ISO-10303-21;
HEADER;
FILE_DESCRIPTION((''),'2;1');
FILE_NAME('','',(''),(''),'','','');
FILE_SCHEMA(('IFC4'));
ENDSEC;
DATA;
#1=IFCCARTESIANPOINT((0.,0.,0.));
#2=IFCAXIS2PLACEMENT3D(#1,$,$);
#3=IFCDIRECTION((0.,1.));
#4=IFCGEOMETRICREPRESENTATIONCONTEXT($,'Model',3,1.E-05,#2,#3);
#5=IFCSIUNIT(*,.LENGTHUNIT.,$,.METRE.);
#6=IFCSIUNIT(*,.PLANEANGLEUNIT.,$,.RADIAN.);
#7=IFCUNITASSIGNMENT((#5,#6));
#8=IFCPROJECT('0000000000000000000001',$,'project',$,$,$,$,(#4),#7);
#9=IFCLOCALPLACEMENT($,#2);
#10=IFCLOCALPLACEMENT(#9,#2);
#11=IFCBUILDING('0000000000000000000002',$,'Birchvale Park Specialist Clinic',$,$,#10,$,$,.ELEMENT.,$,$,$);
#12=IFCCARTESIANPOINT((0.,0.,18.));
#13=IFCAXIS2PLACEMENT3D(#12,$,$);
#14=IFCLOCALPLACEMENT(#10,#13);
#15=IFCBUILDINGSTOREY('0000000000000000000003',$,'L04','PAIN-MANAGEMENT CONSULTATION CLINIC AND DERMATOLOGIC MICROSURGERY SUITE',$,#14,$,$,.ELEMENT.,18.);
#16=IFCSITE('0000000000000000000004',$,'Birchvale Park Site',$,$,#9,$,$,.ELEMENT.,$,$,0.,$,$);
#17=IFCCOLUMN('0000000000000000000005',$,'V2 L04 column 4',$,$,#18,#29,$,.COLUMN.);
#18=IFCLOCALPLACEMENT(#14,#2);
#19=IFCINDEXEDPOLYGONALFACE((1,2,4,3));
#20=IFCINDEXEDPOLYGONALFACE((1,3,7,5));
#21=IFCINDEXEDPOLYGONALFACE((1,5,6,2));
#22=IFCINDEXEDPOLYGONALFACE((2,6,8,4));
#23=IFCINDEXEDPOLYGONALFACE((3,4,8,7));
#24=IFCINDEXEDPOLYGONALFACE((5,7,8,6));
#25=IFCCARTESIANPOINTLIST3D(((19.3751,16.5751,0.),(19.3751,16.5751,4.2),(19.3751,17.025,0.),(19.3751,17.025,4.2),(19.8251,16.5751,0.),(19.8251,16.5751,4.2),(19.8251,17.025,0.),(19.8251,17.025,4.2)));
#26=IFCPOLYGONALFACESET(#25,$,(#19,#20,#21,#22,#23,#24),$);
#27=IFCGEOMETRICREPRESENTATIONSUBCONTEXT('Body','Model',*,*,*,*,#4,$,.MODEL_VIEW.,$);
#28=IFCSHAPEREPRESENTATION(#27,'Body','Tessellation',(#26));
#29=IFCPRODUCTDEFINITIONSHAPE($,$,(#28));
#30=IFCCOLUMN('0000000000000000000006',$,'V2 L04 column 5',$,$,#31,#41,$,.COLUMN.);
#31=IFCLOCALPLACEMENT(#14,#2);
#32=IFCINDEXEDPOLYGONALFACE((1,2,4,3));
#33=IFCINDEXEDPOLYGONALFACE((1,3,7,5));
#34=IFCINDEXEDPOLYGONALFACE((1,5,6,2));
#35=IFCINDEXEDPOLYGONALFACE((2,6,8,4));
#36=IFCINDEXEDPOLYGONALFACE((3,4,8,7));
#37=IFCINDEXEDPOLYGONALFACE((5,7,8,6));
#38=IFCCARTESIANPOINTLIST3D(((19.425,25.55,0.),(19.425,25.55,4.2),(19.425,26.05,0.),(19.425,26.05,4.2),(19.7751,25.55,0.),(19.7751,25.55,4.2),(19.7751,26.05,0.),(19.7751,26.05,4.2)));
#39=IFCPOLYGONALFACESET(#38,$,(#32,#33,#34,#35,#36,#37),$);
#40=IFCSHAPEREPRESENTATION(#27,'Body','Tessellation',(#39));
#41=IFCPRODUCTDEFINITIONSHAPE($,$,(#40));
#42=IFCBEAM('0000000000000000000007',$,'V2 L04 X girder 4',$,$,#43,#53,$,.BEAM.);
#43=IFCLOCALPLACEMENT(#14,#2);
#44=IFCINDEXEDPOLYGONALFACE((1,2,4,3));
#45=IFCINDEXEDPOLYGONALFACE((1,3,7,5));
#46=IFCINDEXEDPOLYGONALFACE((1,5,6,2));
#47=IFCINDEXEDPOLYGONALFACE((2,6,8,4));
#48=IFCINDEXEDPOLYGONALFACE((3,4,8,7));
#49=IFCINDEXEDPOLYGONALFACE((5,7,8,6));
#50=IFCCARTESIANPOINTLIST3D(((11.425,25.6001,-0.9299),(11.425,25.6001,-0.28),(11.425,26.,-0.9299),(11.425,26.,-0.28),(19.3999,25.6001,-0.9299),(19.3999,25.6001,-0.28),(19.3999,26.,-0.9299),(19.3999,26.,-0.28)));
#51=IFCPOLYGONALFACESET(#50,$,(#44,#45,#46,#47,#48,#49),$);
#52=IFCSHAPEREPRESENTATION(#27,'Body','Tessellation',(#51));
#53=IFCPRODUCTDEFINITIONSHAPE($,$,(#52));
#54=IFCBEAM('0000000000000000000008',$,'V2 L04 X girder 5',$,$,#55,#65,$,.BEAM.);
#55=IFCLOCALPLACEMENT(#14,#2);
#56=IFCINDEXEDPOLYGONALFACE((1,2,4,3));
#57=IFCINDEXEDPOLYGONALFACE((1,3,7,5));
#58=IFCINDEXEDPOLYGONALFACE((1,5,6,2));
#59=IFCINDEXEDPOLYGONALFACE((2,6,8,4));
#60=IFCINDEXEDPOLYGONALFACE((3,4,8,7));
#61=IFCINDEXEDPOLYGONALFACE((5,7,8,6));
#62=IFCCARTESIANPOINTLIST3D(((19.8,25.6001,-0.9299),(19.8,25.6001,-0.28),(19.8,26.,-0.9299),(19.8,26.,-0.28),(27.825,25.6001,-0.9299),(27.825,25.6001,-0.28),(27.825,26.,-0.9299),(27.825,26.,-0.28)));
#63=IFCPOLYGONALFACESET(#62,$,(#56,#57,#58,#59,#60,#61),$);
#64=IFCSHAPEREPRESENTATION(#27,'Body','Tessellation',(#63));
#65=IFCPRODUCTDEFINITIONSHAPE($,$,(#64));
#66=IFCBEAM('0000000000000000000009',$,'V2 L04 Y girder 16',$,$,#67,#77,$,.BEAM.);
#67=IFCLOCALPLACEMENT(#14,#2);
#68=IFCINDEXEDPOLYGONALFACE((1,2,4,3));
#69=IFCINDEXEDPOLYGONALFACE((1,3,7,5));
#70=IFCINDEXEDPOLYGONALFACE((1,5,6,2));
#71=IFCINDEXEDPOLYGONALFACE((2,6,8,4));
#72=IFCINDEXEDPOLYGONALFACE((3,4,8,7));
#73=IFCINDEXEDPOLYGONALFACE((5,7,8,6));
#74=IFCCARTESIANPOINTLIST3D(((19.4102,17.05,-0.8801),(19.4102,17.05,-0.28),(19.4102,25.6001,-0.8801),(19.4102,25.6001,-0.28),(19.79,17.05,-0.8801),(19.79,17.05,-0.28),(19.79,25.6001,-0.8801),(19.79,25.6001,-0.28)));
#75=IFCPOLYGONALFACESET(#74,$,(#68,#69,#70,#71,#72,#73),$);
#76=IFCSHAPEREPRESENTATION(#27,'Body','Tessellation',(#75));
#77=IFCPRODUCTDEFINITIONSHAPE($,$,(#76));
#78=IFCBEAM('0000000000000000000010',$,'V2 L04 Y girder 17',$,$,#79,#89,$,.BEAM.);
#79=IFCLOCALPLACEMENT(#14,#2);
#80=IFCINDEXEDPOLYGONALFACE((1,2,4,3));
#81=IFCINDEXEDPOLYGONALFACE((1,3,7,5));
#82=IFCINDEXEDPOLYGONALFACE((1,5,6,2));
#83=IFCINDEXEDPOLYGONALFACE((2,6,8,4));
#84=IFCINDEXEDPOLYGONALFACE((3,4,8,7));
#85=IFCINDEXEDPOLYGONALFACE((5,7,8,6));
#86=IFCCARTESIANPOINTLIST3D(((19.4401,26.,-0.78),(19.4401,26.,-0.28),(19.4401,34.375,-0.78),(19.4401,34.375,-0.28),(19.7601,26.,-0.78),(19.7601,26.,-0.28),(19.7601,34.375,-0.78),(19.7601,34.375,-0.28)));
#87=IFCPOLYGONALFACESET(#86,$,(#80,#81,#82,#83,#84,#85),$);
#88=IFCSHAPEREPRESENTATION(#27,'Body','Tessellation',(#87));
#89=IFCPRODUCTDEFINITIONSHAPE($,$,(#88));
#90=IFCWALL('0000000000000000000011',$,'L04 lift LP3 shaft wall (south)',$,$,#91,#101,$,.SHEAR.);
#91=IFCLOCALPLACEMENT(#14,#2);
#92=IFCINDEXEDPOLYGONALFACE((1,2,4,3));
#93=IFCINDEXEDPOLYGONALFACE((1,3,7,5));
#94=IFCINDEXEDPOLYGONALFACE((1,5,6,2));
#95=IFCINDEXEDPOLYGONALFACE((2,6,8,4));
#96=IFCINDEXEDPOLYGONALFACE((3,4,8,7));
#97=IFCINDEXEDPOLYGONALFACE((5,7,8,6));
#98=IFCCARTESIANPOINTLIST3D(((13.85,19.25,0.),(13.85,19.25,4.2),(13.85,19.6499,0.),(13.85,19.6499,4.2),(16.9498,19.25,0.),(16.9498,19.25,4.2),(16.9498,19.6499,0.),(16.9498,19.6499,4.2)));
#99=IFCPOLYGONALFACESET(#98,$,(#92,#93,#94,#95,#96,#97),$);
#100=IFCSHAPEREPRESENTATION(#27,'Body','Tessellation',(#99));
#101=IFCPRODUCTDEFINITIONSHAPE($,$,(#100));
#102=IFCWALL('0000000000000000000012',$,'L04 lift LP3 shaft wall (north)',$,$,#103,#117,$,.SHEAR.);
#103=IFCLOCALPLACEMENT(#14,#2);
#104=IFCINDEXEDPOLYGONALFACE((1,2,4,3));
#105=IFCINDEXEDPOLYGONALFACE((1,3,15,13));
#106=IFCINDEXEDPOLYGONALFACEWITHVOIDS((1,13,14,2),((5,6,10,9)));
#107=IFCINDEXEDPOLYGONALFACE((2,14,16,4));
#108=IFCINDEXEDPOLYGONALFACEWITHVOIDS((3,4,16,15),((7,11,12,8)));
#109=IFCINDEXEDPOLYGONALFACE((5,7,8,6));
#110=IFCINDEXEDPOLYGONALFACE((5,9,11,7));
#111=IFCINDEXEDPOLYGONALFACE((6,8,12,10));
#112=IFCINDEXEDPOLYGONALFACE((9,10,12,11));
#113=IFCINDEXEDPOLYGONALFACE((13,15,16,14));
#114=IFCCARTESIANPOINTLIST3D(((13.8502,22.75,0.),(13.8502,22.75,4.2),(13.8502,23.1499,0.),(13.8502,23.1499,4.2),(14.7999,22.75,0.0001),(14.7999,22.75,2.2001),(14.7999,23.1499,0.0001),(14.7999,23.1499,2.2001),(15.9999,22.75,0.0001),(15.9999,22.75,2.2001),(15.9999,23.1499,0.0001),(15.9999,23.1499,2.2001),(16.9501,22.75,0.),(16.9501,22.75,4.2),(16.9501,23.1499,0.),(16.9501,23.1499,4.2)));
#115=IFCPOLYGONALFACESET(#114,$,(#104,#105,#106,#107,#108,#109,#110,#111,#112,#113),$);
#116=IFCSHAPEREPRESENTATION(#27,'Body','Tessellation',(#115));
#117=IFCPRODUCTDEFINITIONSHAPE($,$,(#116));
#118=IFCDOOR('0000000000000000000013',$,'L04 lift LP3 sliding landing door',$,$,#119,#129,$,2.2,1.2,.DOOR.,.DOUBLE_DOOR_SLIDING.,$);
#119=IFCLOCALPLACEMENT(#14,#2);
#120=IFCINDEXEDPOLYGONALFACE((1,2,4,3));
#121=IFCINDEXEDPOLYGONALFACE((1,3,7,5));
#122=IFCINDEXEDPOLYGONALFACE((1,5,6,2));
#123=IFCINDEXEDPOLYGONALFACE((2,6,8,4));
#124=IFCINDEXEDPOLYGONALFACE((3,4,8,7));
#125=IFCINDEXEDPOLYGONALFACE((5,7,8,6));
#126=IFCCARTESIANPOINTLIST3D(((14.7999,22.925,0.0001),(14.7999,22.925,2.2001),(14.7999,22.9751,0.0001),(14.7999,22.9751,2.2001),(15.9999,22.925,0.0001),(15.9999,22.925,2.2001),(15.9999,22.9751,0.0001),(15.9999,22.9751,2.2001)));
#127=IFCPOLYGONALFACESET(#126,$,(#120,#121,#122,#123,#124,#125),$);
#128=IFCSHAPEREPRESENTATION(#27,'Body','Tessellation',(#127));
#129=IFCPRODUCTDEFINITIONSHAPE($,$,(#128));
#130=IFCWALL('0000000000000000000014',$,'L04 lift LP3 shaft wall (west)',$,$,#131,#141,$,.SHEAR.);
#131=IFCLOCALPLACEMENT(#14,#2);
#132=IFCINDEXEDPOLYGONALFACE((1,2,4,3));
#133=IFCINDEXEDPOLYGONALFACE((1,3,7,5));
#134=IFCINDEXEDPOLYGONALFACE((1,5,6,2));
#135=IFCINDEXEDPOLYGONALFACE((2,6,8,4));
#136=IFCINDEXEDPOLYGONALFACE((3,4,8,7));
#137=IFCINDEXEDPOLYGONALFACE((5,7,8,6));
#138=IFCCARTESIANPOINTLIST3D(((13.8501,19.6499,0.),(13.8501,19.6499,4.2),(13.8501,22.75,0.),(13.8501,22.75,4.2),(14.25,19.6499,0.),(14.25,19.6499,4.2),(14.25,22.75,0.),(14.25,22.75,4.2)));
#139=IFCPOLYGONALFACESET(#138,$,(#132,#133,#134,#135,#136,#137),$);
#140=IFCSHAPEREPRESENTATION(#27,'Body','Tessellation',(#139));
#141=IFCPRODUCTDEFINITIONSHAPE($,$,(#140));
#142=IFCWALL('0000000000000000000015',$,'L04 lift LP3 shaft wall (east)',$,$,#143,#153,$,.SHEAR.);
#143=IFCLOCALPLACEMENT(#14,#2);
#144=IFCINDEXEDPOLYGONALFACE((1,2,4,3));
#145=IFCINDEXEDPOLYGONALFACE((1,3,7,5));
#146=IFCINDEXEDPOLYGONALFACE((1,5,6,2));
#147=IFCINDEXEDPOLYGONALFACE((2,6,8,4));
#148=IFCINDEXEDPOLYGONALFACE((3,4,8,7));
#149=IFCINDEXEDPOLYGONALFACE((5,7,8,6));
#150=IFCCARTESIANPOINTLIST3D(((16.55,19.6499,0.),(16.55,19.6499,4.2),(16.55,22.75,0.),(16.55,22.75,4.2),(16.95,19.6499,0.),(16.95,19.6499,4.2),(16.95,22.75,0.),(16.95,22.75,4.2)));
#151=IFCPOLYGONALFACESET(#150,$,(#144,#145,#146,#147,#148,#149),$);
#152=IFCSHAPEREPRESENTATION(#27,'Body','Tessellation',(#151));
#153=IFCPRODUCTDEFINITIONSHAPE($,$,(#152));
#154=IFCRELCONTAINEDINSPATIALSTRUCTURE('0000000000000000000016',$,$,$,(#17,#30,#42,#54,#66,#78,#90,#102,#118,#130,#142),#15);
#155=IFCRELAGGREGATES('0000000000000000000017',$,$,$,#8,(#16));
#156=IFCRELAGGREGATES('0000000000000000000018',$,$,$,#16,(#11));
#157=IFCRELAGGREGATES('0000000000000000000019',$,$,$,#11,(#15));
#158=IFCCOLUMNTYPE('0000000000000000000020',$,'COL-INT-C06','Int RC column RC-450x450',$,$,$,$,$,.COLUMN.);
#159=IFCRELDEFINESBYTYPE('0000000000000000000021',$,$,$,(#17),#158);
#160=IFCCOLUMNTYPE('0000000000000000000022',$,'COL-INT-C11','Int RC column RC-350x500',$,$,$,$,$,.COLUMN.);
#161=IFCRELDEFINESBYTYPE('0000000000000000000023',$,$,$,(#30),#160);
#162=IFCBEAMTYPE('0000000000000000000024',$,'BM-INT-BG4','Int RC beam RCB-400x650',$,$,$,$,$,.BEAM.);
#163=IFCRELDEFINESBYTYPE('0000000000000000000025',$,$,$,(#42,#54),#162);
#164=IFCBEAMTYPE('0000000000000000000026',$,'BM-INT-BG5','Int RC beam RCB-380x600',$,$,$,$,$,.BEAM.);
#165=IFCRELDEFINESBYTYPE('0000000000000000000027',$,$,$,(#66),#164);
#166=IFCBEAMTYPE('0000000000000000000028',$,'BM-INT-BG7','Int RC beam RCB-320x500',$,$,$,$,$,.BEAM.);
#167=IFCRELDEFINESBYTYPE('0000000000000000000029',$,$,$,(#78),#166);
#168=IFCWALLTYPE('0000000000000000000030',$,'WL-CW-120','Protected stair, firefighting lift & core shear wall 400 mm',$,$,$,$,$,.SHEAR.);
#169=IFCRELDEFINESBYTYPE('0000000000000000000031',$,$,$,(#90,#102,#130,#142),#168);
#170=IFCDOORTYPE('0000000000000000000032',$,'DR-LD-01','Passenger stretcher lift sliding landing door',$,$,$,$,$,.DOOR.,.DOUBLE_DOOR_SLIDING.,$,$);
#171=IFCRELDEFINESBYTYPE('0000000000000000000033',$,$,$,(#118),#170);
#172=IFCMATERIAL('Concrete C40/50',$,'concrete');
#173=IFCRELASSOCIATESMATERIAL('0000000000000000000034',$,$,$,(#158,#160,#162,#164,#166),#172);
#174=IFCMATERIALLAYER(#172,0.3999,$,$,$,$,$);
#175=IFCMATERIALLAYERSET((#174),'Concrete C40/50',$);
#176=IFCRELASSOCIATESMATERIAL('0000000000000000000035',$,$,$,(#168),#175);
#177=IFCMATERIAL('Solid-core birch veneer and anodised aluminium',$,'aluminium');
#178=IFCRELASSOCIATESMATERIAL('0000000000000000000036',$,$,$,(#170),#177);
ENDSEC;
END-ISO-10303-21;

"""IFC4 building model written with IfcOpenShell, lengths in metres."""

from ifc_helpers import new_model, si_unit, direction, frame, frame_2d, origin, origin_2d, place, context, subcontext, project, spatial, rectangle, extrude, material, layer, layer_set, material_profile, profile_set, type_object, element, fill, save


model = new_model("IFC4")

# Units and contexts
model_context = context("Model", 3, precision=1e-05, world=origin(), true_north=direction((0.0, 1.0)))
body_context = subcontext(model_context, "Body", "Model", "MODEL_VIEW")
ifc_project = project(units=[si_unit("LENGTHUNIT", "METRE"), si_unit("PLANEANGLEUNIT", "RADIAN")], contexts=[model_context])

# Site, building, storey
site_placement = place(None, origin())
site = spatial("IfcSite", under=ifc_project, at=site_placement, Name="Birchvale Park Site", CompositionType="ELEMENT", RefElevation=0.0)
building_placement = place(site_placement, origin())
building = spatial("IfcBuilding", under=site, at=building_placement, Name="Birchvale Park Specialist Clinic", CompositionType="ELEMENT")
storey_placement = place(building_placement, frame((0.0, 0.0, 18.0)))
storey = spatial("IfcBuildingStorey", under=building, at=storey_placement, Name="L04", Description="PAIN-MANAGEMENT CONSULTATION CLINIC AND DERMATOLOGIC MICROSURGERY SUITE", CompositionType="ELEMENT", Elevation=18.0)

# Columns
ifc_material_1 = material(Name="Concrete C40/50", Category="concrete")
ifc_material_profile_1 = material_profile(ifc_material_1, rectangle(XDim=0.45, YDim=0.45, at=origin_2d()), Name="RC-450x450")
ifc_profile_set_1 = profile_set([ifc_material_profile_1], Name="Concrete C40/50")
column_type_1 = type_object("IfcColumnType", Name="COL-INT-C06", Description="Int RC column RC-450x450", PredefinedType="COLUMN", material=ifc_profile_set_1)
column_1_placement = place(storey_placement, frame((19.6001, 16.8, 0.0), z_axis=(0.0, 0.0, 1.0), x_axis=(1.0, 0.0, 0.0)))
element("IfcColumn", 1, at=column_1_placement, inside=storey, type_object=column_type_1, Name="V2 L04 column 4", PredefinedType="COLUMN", context=body_context, shape_type="SweptSolid", body=[
    extrude(rectangle(XDim=0.45, YDim=0.45, at=origin_2d()), origin(), (0.0, 0.0, 1.0), 4.2),
])
ifc_material_profile_2 = material_profile(ifc_material_1, rectangle(XDim=0.3501, YDim=0.5, at=origin_2d()), Name="RC-350x500")
ifc_profile_set_2 = profile_set([ifc_material_profile_2], Name="Concrete C40/50")
column_type_2 = type_object("IfcColumnType", Name="COL-INT-C11", Description="Int RC column RC-350x500", PredefinedType="COLUMN", material=ifc_profile_set_2)
column_2_placement = place(storey_placement, frame((19.6001, 25.8, 0.0), z_axis=(0.0, 0.0, 1.0), x_axis=(1.0, 0.0, 0.0)))
element("IfcColumn", 2, at=column_2_placement, inside=storey, type_object=column_type_2, Name="V2 L04 column 5", PredefinedType="COLUMN", context=body_context, shape_type="SweptSolid", body=[
    extrude(rectangle(XDim=0.3501, YDim=0.5, at=origin_2d()), origin(), (0.0, 0.0, 1.0), 4.2),
])

# Beams
ifc_material_profile_3 = material_profile(ifc_material_1, rectangle(XDim=0.3999, YDim=0.6499, at=origin_2d()), Name="RCB-400x650")
ifc_profile_set_3 = profile_set([ifc_material_profile_3], Name="Concrete C40/50")
beam_type_1 = type_object("IfcBeamType", Name="BM-INT-BG4", Description="Int RC beam RCB-400x650", PredefinedType="BEAM", material=ifc_profile_set_3)
beam_1_placement = place(storey_placement, frame((11.425, 25.8, -0.605), z_axis=(1.0, 0.0, 0.0), x_axis=(0.0, 1.0, 0.0)))
element("IfcBeam", 3, at=beam_1_placement, inside=storey, type_object=beam_type_1, Name="V2 L04 X girder 4", PredefinedType="BEAM", context=body_context, shape_type="SweptSolid", body=[
    extrude(rectangle(XDim=0.3999, YDim=0.6499, at=origin_2d()), origin(), (0.0, 0.0, 1.0), 7.9749),
])
beam_2_placement = place(storey_placement, frame((19.8, 25.8, -0.605), z_axis=(1.0, 0.0, 0.0), x_axis=(0.0, 1.0, 0.0)))
element("IfcBeam", 4, at=beam_2_placement, inside=storey, type_object=beam_type_1, Name="V2 L04 X girder 5", PredefinedType="BEAM", context=body_context, shape_type="SweptSolid", body=[
    extrude(rectangle(XDim=0.3999, YDim=0.6499, at=origin_2d()), origin(), (0.0, 0.0, 1.0), 8.0249),
])
ifc_material_profile_4 = material_profile(ifc_material_1, rectangle(XDim=0.3799, YDim=0.6001, at=origin_2d()), Name="RCB-380x600")
ifc_profile_set_4 = profile_set([ifc_material_profile_4], Name="Concrete C40/50")
beam_type_2 = type_object("IfcBeamType", Name="BM-INT-BG5", Description="Int RC beam RCB-380x600", PredefinedType="BEAM", material=ifc_profile_set_4)
beam_3_placement = place(storey_placement, frame((19.6001, 17.05, -0.5801), z_axis=(0.0, 1.0, 0.0), x_axis=(-1.0, 0.0, 0.0)))
element("IfcBeam", 5, at=beam_3_placement, inside=storey, type_object=beam_type_2, Name="V2 L04 Y girder 16", PredefinedType="BEAM", context=body_context, shape_type="SweptSolid", body=[
    extrude(rectangle(XDim=0.3799, YDim=0.6001, at=origin_2d()), origin(), (0.0, 0.0, 1.0), 8.55),
])
ifc_material_profile_5 = material_profile(ifc_material_1, rectangle(XDim=0.3201, YDim=0.5, at=origin_2d()), Name="RCB-320x500")
ifc_profile_set_5 = profile_set([ifc_material_profile_5], Name="Concrete C40/50")
beam_type_3 = type_object("IfcBeamType", Name="BM-INT-BG7", Description="Int RC beam RCB-320x500", PredefinedType="BEAM", material=ifc_profile_set_5)
beam_4_placement = place(storey_placement, frame((19.6001, 26.0, -0.53), z_axis=(0.0, 1.0, 0.0), x_axis=(-1.0, 0.0, 0.0)))
element("IfcBeam", 6, at=beam_4_placement, inside=storey, type_object=beam_type_3, Name="V2 L04 Y girder 17", PredefinedType="BEAM", context=body_context, shape_type="SweptSolid", body=[
    extrude(rectangle(XDim=0.3201, YDim=0.5, at=origin_2d()), origin(), (0.0, 0.0, 1.0), 8.375),
])

# Wall
ifc_layer_1 = layer(ifc_material_1, 0.3999)
ifc_layer_set_1 = layer_set([ifc_layer_1], Name="Concrete C40/50")
wall_type_1 = type_object("IfcWallType", Name="WL-CW-120", Description="Protected stair, firefighting lift & core shear wall 400 mm", PredefinedType="SHEAR", material=ifc_layer_set_1)
wall_1_placement = place(storey_placement, frame((13.8501, 19.45, 0.0), z_axis=(0.0, 0.0, 1.0), x_axis=(1.0, 0.0, 0.0)))
element("IfcWall", 7, at=wall_1_placement, inside=storey, type_object=wall_type_1, Name="L04 lift LP3 shaft wall (south)", PredefinedType="SHEAR", context=body_context, shape_type="SweptSolid", body=[
    extrude(rectangle(XDim=3.0999, YDim=0.3999, at=frame_2d((1.5498, 0.0))), origin(), (0.0, 0.0, 1.0), 4.2),
])

# Wall, opening, door
wall_2_placement = place(storey_placement, frame((16.95, 22.95, 0.0), z_axis=(0.0, 0.0, 1.0), x_axis=(-1.0, 0.0, 0.0)))
wall_2 = element("IfcWall", 8, at=wall_2_placement, inside=storey, type_object=wall_type_1, Name="L04 lift LP3 shaft wall (north)", PredefinedType="SHEAR", context=body_context, shape_type="SweptSolid", body=[
    extrude(rectangle(XDim=3.0999, YDim=0.3999, at=frame_2d((1.5498, 0.0))), origin(), (0.0, 0.0, 1.0), 4.2),
])
opening_1_placement = place(wall_2_placement, frame((0.95, 0.0, 0.0)))
opening_1 = element("IfcOpeningElement", 9, at=opening_1_placement, cuts=wall_2, PredefinedType="OPENING", context=body_context, shape_type="SweptSolid", body=[
    extrude(rectangle(XDim=1.2, YDim=2.2, at=frame_2d((0.6001, 1.1001))), frame((0.0, 0.21, 0.0), z_axis=(0.0, -1.0, 0.0), x_axis=(1.0, 0.0, 0.0)), (0.0, 0.0, 1.0), 0.4199),
])
ifc_material_2 = material(Name="Solid-core birch veneer and anodised aluminium", Category="aluminium")
door_type_1 = type_object("IfcDoorType", Name="DR-LD-01", Description="Passenger stretcher lift sliding landing door", OperationType="DOUBLE_DOOR_SLIDING", PredefinedType="DOOR", material=ifc_material_2)
door_1_placement = place(opening_1_placement, origin())
door_1 = element("IfcDoor", 10, at=door_1_placement, inside=storey, type_object=door_type_1, Name="L04 lift LP3 sliding landing door", OperationType="DOUBLE_DOOR_SLIDING", OverallHeight=2.2, OverallWidth=1.2, PredefinedType="DOOR", context=body_context, shape_type="SweptSolid", body=[
    extrude(rectangle(XDim=1.2, YDim=2.2, at=frame_2d((0.6001, 1.1001))), frame((0.0, 0.0249, 0.0), z_axis=(0.0, -1.0, 0.0), x_axis=(1.0, 0.0, 0.0)), (0.0, 0.0, 1.0), 0.05),
])
fill(opening_1, door_1)

# Walls
for number, where, z_axis, x_axis, name in (
    (11, (14.05, 19.6499, 0.0), (0.0, 0.0, 1.0), (0.0, 1.0, 0.0), "L04 lift LP3 shaft wall (west)"),
    (12, (16.75, 22.75, 0.0), (0.0, 0.0, 1.0), (0.0, -1.0, 0.0), "L04 lift LP3 shaft wall (east)"),
):
    element("IfcWall", number, at=place(storey_placement, frame(where, z_axis=z_axis, x_axis=x_axis)), inside=storey, type_object=wall_type_1, Name=name, PredefinedType="SHEAR", context=body_context, shape_type="SweptSolid", body=[
        extrude(rectangle(XDim=3.1001, YDim=0.3999, at=frame_2d((1.55, 0.0))), origin(), (0.0, 0.0, 1.0), 4.2),
    ])

save(model, "model.ifc")
